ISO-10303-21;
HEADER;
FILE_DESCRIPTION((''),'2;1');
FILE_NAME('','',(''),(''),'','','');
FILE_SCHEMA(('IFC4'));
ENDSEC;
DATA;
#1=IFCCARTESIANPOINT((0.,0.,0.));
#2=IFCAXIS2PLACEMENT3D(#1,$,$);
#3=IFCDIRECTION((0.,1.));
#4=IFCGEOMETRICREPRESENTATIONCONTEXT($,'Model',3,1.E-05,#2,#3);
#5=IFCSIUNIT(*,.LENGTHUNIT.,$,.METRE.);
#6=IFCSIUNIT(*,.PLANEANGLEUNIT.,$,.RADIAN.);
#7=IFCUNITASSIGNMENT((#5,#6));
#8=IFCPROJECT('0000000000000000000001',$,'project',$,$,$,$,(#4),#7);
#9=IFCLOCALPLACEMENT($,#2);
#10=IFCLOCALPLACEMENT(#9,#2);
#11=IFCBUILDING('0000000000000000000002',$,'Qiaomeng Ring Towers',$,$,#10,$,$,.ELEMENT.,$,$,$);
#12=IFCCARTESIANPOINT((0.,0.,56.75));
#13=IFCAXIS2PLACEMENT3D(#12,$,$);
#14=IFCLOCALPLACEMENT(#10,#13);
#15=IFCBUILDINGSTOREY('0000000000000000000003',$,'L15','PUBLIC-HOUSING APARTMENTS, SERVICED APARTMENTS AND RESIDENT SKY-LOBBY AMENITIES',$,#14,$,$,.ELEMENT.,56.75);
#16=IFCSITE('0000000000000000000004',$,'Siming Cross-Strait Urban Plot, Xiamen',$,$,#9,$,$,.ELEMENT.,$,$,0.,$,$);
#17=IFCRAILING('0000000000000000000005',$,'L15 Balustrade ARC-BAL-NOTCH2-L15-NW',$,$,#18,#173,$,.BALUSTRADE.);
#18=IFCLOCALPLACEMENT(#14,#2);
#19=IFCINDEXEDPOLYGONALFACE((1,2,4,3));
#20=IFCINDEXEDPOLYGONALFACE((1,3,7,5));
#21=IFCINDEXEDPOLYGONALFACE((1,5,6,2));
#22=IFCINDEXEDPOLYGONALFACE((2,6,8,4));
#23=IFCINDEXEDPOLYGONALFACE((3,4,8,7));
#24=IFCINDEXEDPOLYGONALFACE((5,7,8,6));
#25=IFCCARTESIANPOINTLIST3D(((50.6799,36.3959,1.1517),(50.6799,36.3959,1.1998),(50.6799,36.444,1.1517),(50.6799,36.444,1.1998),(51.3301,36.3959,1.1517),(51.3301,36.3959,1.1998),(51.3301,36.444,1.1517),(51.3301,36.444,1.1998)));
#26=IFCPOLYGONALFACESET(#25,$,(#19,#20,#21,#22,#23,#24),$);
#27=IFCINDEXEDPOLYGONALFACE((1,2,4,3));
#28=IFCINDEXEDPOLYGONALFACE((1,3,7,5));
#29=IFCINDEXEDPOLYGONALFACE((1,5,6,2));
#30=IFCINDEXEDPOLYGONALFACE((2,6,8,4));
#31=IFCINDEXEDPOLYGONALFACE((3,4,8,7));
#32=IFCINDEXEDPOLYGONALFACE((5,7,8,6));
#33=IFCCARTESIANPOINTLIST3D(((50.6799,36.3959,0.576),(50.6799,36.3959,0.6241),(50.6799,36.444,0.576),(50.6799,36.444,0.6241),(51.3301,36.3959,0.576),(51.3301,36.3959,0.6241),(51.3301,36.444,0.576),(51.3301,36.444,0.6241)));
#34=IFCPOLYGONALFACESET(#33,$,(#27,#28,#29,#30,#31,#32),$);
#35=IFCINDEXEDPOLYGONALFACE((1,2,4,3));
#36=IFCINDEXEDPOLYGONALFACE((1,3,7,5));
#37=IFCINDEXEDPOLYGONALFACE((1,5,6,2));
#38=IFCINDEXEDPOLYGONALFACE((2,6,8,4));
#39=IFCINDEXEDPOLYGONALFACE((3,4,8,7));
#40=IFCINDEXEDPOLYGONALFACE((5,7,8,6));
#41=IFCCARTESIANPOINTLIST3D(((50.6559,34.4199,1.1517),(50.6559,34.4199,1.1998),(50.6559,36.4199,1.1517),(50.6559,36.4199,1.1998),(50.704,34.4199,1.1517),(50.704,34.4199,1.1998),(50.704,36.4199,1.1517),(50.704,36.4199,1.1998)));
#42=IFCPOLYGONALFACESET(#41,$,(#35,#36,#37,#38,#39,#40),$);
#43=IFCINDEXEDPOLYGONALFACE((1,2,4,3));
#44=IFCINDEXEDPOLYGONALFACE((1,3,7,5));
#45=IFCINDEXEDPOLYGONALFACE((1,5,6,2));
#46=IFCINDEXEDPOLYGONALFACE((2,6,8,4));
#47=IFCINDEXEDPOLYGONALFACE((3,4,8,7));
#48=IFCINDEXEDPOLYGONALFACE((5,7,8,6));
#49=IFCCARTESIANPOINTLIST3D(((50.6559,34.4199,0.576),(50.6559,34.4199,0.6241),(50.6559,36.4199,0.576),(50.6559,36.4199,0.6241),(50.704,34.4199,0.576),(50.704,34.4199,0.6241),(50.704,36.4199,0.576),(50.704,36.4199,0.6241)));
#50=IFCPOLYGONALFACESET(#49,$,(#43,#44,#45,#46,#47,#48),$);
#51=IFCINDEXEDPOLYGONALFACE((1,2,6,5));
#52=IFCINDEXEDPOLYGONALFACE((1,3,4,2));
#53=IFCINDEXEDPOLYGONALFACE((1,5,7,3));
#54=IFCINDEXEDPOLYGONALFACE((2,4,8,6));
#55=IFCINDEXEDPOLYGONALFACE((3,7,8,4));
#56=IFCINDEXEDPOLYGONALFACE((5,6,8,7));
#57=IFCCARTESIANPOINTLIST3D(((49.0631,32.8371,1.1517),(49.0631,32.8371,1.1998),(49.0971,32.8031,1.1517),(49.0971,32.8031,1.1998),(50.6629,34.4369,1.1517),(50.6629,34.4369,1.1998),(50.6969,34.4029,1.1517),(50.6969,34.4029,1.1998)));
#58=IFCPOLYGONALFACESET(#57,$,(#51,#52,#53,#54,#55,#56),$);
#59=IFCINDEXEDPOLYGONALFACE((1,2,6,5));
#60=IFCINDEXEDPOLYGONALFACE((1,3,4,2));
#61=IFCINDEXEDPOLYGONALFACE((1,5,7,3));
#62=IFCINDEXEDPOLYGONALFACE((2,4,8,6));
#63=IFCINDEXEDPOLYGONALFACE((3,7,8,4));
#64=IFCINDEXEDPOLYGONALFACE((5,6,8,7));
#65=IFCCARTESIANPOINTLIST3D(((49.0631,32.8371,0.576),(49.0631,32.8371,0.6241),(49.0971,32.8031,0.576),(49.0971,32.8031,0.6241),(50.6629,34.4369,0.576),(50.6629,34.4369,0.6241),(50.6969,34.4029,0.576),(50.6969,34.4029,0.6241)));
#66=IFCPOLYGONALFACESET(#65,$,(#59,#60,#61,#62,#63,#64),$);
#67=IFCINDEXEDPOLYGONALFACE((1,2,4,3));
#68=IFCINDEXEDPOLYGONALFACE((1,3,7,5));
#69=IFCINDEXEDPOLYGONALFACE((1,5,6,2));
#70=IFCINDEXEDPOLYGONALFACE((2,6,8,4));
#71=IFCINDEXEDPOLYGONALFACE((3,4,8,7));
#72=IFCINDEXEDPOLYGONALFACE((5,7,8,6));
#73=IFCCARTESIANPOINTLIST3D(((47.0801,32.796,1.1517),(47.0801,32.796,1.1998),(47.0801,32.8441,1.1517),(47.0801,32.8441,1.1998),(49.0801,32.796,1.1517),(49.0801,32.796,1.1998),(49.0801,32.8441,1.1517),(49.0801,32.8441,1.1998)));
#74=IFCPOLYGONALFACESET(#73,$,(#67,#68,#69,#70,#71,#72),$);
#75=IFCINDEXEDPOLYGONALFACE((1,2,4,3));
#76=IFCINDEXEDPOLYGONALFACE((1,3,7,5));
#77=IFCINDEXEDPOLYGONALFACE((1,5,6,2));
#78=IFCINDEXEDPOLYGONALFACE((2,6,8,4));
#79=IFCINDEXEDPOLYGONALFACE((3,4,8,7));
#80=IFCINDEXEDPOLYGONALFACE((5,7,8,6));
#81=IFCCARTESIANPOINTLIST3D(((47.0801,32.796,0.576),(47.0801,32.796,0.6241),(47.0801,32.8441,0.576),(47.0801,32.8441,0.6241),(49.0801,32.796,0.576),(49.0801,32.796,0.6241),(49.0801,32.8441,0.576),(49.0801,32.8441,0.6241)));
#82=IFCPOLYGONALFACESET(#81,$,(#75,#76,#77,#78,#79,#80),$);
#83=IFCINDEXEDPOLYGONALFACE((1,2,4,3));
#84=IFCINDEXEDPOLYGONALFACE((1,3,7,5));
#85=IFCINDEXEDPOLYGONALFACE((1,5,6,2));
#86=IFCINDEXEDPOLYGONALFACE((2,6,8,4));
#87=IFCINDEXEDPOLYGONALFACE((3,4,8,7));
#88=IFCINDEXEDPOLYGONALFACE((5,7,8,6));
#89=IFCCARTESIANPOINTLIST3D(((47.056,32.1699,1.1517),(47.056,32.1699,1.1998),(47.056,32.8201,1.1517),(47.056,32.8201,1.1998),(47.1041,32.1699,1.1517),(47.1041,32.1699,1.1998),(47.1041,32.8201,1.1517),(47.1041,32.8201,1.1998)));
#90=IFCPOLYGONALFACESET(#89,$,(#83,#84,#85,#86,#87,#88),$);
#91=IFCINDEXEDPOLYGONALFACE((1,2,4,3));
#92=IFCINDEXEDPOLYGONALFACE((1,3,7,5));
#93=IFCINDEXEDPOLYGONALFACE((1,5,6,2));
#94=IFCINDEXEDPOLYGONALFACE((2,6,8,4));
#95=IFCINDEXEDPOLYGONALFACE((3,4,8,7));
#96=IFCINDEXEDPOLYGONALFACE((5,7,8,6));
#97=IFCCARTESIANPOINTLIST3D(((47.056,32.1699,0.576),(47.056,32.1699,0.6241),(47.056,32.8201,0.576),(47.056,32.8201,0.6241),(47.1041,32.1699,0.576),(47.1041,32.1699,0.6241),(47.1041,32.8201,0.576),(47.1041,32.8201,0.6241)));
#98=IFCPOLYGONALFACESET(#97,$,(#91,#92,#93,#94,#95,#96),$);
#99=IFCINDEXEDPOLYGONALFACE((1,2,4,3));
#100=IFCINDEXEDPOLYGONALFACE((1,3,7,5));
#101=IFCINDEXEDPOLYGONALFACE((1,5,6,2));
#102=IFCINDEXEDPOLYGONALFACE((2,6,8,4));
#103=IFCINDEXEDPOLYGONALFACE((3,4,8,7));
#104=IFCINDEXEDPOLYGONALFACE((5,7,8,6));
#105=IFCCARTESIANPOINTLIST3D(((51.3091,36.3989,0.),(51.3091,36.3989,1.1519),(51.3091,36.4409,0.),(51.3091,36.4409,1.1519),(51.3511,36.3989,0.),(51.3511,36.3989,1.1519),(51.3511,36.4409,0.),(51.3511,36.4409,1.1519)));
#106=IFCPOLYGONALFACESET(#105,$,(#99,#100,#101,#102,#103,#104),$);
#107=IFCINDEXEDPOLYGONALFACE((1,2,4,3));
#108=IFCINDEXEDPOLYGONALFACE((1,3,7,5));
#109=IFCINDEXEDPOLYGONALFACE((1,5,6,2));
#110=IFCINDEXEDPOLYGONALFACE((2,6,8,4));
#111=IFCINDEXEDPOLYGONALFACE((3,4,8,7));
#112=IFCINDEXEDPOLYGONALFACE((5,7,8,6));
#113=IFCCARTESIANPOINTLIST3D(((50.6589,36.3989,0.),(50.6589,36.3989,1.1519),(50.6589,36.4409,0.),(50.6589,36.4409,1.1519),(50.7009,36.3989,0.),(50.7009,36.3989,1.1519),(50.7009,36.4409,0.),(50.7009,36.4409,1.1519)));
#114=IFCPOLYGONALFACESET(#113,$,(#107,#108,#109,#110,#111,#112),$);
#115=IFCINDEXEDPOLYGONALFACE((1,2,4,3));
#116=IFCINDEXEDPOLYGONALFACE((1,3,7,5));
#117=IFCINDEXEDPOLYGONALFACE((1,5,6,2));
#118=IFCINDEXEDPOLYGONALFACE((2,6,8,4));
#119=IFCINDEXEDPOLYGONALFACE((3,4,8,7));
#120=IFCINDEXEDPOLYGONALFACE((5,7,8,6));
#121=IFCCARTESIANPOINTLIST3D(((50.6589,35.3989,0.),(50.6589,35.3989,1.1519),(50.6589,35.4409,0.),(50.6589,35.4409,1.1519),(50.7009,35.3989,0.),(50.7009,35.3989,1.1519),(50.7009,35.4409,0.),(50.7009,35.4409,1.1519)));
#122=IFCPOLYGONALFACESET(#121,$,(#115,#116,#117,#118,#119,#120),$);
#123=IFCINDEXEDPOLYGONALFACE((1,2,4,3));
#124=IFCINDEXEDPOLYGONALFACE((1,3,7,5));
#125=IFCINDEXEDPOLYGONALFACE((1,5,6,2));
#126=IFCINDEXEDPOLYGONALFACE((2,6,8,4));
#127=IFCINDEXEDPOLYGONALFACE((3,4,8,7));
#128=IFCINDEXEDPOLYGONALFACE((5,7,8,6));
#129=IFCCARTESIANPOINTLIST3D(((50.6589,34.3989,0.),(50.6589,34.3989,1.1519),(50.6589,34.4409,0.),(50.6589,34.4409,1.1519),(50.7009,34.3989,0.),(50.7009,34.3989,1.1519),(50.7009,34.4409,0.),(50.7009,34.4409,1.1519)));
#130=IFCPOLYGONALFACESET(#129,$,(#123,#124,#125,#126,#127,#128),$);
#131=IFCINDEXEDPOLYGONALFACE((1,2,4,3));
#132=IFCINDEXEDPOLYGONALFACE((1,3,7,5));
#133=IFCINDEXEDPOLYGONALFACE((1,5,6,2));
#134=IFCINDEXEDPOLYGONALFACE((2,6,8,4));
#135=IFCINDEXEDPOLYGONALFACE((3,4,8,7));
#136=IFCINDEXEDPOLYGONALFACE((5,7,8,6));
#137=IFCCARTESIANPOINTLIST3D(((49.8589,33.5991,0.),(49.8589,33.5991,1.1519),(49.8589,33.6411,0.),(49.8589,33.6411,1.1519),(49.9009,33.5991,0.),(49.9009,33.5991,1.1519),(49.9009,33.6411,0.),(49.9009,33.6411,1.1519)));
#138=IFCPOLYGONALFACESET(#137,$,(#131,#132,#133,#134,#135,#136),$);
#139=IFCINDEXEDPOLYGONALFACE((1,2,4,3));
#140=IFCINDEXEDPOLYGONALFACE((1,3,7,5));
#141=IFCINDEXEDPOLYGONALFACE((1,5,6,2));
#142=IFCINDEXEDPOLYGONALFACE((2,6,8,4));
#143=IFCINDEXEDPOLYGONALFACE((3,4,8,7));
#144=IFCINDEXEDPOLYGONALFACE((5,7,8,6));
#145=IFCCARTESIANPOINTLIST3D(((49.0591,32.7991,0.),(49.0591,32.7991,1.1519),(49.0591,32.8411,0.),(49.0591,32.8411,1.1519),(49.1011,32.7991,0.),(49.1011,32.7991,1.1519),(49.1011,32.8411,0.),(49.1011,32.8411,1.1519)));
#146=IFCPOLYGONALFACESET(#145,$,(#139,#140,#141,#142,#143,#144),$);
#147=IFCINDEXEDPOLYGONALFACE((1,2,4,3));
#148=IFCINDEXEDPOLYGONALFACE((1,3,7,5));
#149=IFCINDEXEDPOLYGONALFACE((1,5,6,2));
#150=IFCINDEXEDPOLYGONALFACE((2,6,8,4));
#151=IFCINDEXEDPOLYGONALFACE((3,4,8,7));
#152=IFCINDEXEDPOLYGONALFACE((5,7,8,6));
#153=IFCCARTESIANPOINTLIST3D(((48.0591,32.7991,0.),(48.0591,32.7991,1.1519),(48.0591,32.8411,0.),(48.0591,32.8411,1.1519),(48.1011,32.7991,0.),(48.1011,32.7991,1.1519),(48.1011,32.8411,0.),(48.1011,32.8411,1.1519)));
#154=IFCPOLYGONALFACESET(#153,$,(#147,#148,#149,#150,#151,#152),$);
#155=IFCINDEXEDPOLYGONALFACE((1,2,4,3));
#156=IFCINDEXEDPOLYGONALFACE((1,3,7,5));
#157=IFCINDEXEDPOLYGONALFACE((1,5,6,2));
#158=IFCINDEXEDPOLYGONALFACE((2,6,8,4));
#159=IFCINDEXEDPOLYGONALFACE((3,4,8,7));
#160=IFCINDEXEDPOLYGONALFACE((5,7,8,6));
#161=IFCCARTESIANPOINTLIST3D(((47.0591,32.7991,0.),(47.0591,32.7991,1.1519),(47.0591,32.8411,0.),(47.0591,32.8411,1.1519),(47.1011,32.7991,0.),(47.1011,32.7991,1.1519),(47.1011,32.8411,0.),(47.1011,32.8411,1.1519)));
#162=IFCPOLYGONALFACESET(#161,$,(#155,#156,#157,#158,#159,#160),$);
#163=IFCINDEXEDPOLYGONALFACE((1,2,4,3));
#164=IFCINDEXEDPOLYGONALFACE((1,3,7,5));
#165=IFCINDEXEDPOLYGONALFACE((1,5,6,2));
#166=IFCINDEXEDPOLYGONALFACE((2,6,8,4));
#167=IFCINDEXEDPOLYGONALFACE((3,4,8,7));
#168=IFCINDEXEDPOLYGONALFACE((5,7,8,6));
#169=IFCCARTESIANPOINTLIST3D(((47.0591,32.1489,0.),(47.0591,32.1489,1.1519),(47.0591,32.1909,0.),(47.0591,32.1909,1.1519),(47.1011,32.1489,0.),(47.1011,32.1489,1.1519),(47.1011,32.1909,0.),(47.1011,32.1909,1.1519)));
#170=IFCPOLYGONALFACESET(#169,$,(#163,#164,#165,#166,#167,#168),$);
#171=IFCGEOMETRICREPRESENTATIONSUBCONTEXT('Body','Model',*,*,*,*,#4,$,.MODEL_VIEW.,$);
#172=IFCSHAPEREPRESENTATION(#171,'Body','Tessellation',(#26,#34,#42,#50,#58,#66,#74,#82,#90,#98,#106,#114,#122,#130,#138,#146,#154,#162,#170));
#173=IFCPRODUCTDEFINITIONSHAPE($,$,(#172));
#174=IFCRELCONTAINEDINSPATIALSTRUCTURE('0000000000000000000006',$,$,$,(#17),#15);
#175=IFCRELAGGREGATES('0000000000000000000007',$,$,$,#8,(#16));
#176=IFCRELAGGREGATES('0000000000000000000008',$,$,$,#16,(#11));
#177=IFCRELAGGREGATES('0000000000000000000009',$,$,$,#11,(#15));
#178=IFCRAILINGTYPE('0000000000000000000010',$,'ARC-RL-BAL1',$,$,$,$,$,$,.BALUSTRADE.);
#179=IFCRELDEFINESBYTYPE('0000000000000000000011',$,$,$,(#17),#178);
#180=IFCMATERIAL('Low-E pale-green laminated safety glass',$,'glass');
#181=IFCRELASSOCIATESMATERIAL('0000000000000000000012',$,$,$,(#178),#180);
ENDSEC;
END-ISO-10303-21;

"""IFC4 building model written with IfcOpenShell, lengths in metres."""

from ifc_helpers import new_model, si_unit, direction, frame, origin, origin_2d, place, context, subcontext, project, spatial, rectangle, extrude, material, type_object, element, save


model = new_model("IFC4")

# Units and contexts
model_context = context("Model", 3, precision=1e-05, world=origin(), true_north=direction((0.0, 1.0)))
body_context = subcontext(model_context, "Body", "Model", "MODEL_VIEW")
ifc_project = project(units=[si_unit("LENGTHUNIT", "METRE"), si_unit("PLANEANGLEUNIT", "RADIAN")], contexts=[model_context])

# Site, building, storey
site_placement = place(None, origin())
site = spatial("IfcSite", under=ifc_project, at=site_placement, Name="Siming Cross-Strait Urban Plot, Xiamen", CompositionType="ELEMENT", RefElevation=0.0)
building_placement = place(site_placement, origin())
building = spatial("IfcBuilding", under=site, at=building_placement, Name="Qiaomeng Ring Towers", CompositionType="ELEMENT")
storey_placement = place(building_placement, frame((0.0, 0.0, 56.75)))
storey = spatial("IfcBuildingStorey", under=building, at=storey_placement, Name="L15", Description="PUBLIC-HOUSING APARTMENTS, SERVICED APARTMENTS AND RESIDENT SKY-LOBBY AMENITIES", CompositionType="ELEMENT", Elevation=56.75)

# Railing
ifc_material_1 = material(Name="Low-E pale-green laminated safety glass", Category="glass")
railing_type = type_object("IfcRailingType", Name="ARC-RL-BAL1", PredefinedType="BALUSTRADE", material=ifc_material_1)
railing_1_placement = place(storey_placement, frame((51.3301, 36.4199, 0.0)))
element("IfcRailing", 1, at=railing_1_placement, inside=storey, type_object=railing_type, Name="L15 Balustrade ARC-BAL-NOTCH2-L15-NW", PredefinedType="BALUSTRADE", context=body_context, shape_type="SweptSolid", body=[
    extrude(rectangle(XDim=0.0481, YDim=0.0481, at=origin_2d()), frame((0.0, 0.0, 1.1758), z_axis=(-1.0, 0.0, 0.0), x_axis=(0.0, -1.0, 0.0)), (0.0, 0.0, 1.0), 0.6501),
    extrude(rectangle(XDim=0.0481, YDim=0.0481, at=origin_2d()), frame((0.0, 0.0, 0.6001), z_axis=(-1.0, 0.0, 0.0), x_axis=(0.0, -1.0, 0.0)), (0.0, 0.0, 1.0), 0.6501),
    extrude(rectangle(XDim=0.0481, YDim=0.0481, at=origin_2d()), frame((-0.6501, 0.0, 1.1758), z_axis=(0.0, -1.0, 0.0), x_axis=(1.0, 0.0, 0.0)), (0.0, 0.0, 1.0), 2.0),
    extrude(rectangle(XDim=0.0481, YDim=0.0481, at=origin_2d()), frame((-0.6501, 0.0, 0.6001), z_axis=(0.0, -1.0, 0.0), x_axis=(1.0, 0.0, 0.0)), (0.0, 0.0, 1.0), 2.0),
    extrude(rectangle(XDim=0.0481, YDim=0.0481, at=origin_2d()), frame((-0.6501, -2.0, 1.1758), z_axis=(-0.707107, -0.707107, 0.0), x_axis=(0.707107, -0.707107, 0.0)), (0.0, 0.0, 1.0), 2.2625),
    extrude(rectangle(XDim=0.0481, YDim=0.0481, at=origin_2d()), frame((-0.6501, -2.0, 0.6001), z_axis=(-0.707107, -0.707107, 0.0), x_axis=(0.707107, -0.707107, 0.0)), (0.0, 0.0, 1.0), 2.2625),
    extrude(rectangle(XDim=0.0481, YDim=0.0481, at=origin_2d()), frame((-2.25, -3.5999, 1.1758), z_axis=(-1.0, 0.0, 0.0), x_axis=(0.0, -1.0, 0.0)), (0.0, 0.0, 1.0), 2.0),
    extrude(rectangle(XDim=0.0481, YDim=0.0481, at=origin_2d()), frame((-2.25, -3.5999, 0.6001), z_axis=(-1.0, 0.0, 0.0), x_axis=(0.0, -1.0, 0.0)), (0.0, 0.0, 1.0), 2.0),
    extrude(rectangle(XDim=0.0481, YDim=0.0481, at=origin_2d()), frame((-4.25, -3.5999, 1.1758), z_axis=(0.0, -1.0, 0.0), x_axis=(1.0, 0.0, 0.0)), (0.0, 0.0, 1.0), 0.6501),
    extrude(rectangle(XDim=0.0481, YDim=0.0481, at=origin_2d()), frame((-4.25, -3.5999, 0.6001), z_axis=(0.0, -1.0, 0.0), x_axis=(1.0, 0.0, 0.0)), (0.0, 0.0, 1.0), 0.6501),
    extrude(rectangle(XDim=0.042, YDim=0.042, at=origin_2d()), origin(), (0.0, 0.0, 1.0), 1.1519),
    extrude(rectangle(XDim=0.042, YDim=0.042, at=origin_2d()), frame((-0.6501, 0.0, 0.0)), (0.0, 0.0, 1.0), 1.1519),
    extrude(rectangle(XDim=0.042, YDim=0.042, at=origin_2d()), frame((-0.6501, -1.0, 0.0)), (0.0, 0.0, 1.0), 1.1519),
    extrude(rectangle(XDim=0.042, YDim=0.042, at=origin_2d()), frame((-0.6501, -2.0, 0.0)), (0.0, 0.0, 1.0), 1.1519),
    extrude(rectangle(XDim=0.042, YDim=0.042, at=origin_2d()), frame((-1.4502, -2.7998, 0.0)), (0.0, 0.0, 1.0), 1.1519),
    extrude(rectangle(XDim=0.042, YDim=0.042, at=origin_2d()), frame((-2.25, -3.5999, 0.0)), (0.0, 0.0, 1.0), 1.1519),
    extrude(rectangle(XDim=0.042, YDim=0.042, at=origin_2d()), frame((-3.25, -3.5999, 0.0)), (0.0, 0.0, 1.0), 1.1519),
    extrude(rectangle(XDim=0.042, YDim=0.042, at=origin_2d()), frame((-4.25, -3.5999, 0.0)), (0.0, 0.0, 1.0), 1.1519),
    extrude(rectangle(XDim=0.042, YDim=0.042, at=origin_2d()), frame((-4.25, -4.25, 0.0)), (0.0, 0.0, 1.0), 1.1519),
])

save(model, "model.ifc")
